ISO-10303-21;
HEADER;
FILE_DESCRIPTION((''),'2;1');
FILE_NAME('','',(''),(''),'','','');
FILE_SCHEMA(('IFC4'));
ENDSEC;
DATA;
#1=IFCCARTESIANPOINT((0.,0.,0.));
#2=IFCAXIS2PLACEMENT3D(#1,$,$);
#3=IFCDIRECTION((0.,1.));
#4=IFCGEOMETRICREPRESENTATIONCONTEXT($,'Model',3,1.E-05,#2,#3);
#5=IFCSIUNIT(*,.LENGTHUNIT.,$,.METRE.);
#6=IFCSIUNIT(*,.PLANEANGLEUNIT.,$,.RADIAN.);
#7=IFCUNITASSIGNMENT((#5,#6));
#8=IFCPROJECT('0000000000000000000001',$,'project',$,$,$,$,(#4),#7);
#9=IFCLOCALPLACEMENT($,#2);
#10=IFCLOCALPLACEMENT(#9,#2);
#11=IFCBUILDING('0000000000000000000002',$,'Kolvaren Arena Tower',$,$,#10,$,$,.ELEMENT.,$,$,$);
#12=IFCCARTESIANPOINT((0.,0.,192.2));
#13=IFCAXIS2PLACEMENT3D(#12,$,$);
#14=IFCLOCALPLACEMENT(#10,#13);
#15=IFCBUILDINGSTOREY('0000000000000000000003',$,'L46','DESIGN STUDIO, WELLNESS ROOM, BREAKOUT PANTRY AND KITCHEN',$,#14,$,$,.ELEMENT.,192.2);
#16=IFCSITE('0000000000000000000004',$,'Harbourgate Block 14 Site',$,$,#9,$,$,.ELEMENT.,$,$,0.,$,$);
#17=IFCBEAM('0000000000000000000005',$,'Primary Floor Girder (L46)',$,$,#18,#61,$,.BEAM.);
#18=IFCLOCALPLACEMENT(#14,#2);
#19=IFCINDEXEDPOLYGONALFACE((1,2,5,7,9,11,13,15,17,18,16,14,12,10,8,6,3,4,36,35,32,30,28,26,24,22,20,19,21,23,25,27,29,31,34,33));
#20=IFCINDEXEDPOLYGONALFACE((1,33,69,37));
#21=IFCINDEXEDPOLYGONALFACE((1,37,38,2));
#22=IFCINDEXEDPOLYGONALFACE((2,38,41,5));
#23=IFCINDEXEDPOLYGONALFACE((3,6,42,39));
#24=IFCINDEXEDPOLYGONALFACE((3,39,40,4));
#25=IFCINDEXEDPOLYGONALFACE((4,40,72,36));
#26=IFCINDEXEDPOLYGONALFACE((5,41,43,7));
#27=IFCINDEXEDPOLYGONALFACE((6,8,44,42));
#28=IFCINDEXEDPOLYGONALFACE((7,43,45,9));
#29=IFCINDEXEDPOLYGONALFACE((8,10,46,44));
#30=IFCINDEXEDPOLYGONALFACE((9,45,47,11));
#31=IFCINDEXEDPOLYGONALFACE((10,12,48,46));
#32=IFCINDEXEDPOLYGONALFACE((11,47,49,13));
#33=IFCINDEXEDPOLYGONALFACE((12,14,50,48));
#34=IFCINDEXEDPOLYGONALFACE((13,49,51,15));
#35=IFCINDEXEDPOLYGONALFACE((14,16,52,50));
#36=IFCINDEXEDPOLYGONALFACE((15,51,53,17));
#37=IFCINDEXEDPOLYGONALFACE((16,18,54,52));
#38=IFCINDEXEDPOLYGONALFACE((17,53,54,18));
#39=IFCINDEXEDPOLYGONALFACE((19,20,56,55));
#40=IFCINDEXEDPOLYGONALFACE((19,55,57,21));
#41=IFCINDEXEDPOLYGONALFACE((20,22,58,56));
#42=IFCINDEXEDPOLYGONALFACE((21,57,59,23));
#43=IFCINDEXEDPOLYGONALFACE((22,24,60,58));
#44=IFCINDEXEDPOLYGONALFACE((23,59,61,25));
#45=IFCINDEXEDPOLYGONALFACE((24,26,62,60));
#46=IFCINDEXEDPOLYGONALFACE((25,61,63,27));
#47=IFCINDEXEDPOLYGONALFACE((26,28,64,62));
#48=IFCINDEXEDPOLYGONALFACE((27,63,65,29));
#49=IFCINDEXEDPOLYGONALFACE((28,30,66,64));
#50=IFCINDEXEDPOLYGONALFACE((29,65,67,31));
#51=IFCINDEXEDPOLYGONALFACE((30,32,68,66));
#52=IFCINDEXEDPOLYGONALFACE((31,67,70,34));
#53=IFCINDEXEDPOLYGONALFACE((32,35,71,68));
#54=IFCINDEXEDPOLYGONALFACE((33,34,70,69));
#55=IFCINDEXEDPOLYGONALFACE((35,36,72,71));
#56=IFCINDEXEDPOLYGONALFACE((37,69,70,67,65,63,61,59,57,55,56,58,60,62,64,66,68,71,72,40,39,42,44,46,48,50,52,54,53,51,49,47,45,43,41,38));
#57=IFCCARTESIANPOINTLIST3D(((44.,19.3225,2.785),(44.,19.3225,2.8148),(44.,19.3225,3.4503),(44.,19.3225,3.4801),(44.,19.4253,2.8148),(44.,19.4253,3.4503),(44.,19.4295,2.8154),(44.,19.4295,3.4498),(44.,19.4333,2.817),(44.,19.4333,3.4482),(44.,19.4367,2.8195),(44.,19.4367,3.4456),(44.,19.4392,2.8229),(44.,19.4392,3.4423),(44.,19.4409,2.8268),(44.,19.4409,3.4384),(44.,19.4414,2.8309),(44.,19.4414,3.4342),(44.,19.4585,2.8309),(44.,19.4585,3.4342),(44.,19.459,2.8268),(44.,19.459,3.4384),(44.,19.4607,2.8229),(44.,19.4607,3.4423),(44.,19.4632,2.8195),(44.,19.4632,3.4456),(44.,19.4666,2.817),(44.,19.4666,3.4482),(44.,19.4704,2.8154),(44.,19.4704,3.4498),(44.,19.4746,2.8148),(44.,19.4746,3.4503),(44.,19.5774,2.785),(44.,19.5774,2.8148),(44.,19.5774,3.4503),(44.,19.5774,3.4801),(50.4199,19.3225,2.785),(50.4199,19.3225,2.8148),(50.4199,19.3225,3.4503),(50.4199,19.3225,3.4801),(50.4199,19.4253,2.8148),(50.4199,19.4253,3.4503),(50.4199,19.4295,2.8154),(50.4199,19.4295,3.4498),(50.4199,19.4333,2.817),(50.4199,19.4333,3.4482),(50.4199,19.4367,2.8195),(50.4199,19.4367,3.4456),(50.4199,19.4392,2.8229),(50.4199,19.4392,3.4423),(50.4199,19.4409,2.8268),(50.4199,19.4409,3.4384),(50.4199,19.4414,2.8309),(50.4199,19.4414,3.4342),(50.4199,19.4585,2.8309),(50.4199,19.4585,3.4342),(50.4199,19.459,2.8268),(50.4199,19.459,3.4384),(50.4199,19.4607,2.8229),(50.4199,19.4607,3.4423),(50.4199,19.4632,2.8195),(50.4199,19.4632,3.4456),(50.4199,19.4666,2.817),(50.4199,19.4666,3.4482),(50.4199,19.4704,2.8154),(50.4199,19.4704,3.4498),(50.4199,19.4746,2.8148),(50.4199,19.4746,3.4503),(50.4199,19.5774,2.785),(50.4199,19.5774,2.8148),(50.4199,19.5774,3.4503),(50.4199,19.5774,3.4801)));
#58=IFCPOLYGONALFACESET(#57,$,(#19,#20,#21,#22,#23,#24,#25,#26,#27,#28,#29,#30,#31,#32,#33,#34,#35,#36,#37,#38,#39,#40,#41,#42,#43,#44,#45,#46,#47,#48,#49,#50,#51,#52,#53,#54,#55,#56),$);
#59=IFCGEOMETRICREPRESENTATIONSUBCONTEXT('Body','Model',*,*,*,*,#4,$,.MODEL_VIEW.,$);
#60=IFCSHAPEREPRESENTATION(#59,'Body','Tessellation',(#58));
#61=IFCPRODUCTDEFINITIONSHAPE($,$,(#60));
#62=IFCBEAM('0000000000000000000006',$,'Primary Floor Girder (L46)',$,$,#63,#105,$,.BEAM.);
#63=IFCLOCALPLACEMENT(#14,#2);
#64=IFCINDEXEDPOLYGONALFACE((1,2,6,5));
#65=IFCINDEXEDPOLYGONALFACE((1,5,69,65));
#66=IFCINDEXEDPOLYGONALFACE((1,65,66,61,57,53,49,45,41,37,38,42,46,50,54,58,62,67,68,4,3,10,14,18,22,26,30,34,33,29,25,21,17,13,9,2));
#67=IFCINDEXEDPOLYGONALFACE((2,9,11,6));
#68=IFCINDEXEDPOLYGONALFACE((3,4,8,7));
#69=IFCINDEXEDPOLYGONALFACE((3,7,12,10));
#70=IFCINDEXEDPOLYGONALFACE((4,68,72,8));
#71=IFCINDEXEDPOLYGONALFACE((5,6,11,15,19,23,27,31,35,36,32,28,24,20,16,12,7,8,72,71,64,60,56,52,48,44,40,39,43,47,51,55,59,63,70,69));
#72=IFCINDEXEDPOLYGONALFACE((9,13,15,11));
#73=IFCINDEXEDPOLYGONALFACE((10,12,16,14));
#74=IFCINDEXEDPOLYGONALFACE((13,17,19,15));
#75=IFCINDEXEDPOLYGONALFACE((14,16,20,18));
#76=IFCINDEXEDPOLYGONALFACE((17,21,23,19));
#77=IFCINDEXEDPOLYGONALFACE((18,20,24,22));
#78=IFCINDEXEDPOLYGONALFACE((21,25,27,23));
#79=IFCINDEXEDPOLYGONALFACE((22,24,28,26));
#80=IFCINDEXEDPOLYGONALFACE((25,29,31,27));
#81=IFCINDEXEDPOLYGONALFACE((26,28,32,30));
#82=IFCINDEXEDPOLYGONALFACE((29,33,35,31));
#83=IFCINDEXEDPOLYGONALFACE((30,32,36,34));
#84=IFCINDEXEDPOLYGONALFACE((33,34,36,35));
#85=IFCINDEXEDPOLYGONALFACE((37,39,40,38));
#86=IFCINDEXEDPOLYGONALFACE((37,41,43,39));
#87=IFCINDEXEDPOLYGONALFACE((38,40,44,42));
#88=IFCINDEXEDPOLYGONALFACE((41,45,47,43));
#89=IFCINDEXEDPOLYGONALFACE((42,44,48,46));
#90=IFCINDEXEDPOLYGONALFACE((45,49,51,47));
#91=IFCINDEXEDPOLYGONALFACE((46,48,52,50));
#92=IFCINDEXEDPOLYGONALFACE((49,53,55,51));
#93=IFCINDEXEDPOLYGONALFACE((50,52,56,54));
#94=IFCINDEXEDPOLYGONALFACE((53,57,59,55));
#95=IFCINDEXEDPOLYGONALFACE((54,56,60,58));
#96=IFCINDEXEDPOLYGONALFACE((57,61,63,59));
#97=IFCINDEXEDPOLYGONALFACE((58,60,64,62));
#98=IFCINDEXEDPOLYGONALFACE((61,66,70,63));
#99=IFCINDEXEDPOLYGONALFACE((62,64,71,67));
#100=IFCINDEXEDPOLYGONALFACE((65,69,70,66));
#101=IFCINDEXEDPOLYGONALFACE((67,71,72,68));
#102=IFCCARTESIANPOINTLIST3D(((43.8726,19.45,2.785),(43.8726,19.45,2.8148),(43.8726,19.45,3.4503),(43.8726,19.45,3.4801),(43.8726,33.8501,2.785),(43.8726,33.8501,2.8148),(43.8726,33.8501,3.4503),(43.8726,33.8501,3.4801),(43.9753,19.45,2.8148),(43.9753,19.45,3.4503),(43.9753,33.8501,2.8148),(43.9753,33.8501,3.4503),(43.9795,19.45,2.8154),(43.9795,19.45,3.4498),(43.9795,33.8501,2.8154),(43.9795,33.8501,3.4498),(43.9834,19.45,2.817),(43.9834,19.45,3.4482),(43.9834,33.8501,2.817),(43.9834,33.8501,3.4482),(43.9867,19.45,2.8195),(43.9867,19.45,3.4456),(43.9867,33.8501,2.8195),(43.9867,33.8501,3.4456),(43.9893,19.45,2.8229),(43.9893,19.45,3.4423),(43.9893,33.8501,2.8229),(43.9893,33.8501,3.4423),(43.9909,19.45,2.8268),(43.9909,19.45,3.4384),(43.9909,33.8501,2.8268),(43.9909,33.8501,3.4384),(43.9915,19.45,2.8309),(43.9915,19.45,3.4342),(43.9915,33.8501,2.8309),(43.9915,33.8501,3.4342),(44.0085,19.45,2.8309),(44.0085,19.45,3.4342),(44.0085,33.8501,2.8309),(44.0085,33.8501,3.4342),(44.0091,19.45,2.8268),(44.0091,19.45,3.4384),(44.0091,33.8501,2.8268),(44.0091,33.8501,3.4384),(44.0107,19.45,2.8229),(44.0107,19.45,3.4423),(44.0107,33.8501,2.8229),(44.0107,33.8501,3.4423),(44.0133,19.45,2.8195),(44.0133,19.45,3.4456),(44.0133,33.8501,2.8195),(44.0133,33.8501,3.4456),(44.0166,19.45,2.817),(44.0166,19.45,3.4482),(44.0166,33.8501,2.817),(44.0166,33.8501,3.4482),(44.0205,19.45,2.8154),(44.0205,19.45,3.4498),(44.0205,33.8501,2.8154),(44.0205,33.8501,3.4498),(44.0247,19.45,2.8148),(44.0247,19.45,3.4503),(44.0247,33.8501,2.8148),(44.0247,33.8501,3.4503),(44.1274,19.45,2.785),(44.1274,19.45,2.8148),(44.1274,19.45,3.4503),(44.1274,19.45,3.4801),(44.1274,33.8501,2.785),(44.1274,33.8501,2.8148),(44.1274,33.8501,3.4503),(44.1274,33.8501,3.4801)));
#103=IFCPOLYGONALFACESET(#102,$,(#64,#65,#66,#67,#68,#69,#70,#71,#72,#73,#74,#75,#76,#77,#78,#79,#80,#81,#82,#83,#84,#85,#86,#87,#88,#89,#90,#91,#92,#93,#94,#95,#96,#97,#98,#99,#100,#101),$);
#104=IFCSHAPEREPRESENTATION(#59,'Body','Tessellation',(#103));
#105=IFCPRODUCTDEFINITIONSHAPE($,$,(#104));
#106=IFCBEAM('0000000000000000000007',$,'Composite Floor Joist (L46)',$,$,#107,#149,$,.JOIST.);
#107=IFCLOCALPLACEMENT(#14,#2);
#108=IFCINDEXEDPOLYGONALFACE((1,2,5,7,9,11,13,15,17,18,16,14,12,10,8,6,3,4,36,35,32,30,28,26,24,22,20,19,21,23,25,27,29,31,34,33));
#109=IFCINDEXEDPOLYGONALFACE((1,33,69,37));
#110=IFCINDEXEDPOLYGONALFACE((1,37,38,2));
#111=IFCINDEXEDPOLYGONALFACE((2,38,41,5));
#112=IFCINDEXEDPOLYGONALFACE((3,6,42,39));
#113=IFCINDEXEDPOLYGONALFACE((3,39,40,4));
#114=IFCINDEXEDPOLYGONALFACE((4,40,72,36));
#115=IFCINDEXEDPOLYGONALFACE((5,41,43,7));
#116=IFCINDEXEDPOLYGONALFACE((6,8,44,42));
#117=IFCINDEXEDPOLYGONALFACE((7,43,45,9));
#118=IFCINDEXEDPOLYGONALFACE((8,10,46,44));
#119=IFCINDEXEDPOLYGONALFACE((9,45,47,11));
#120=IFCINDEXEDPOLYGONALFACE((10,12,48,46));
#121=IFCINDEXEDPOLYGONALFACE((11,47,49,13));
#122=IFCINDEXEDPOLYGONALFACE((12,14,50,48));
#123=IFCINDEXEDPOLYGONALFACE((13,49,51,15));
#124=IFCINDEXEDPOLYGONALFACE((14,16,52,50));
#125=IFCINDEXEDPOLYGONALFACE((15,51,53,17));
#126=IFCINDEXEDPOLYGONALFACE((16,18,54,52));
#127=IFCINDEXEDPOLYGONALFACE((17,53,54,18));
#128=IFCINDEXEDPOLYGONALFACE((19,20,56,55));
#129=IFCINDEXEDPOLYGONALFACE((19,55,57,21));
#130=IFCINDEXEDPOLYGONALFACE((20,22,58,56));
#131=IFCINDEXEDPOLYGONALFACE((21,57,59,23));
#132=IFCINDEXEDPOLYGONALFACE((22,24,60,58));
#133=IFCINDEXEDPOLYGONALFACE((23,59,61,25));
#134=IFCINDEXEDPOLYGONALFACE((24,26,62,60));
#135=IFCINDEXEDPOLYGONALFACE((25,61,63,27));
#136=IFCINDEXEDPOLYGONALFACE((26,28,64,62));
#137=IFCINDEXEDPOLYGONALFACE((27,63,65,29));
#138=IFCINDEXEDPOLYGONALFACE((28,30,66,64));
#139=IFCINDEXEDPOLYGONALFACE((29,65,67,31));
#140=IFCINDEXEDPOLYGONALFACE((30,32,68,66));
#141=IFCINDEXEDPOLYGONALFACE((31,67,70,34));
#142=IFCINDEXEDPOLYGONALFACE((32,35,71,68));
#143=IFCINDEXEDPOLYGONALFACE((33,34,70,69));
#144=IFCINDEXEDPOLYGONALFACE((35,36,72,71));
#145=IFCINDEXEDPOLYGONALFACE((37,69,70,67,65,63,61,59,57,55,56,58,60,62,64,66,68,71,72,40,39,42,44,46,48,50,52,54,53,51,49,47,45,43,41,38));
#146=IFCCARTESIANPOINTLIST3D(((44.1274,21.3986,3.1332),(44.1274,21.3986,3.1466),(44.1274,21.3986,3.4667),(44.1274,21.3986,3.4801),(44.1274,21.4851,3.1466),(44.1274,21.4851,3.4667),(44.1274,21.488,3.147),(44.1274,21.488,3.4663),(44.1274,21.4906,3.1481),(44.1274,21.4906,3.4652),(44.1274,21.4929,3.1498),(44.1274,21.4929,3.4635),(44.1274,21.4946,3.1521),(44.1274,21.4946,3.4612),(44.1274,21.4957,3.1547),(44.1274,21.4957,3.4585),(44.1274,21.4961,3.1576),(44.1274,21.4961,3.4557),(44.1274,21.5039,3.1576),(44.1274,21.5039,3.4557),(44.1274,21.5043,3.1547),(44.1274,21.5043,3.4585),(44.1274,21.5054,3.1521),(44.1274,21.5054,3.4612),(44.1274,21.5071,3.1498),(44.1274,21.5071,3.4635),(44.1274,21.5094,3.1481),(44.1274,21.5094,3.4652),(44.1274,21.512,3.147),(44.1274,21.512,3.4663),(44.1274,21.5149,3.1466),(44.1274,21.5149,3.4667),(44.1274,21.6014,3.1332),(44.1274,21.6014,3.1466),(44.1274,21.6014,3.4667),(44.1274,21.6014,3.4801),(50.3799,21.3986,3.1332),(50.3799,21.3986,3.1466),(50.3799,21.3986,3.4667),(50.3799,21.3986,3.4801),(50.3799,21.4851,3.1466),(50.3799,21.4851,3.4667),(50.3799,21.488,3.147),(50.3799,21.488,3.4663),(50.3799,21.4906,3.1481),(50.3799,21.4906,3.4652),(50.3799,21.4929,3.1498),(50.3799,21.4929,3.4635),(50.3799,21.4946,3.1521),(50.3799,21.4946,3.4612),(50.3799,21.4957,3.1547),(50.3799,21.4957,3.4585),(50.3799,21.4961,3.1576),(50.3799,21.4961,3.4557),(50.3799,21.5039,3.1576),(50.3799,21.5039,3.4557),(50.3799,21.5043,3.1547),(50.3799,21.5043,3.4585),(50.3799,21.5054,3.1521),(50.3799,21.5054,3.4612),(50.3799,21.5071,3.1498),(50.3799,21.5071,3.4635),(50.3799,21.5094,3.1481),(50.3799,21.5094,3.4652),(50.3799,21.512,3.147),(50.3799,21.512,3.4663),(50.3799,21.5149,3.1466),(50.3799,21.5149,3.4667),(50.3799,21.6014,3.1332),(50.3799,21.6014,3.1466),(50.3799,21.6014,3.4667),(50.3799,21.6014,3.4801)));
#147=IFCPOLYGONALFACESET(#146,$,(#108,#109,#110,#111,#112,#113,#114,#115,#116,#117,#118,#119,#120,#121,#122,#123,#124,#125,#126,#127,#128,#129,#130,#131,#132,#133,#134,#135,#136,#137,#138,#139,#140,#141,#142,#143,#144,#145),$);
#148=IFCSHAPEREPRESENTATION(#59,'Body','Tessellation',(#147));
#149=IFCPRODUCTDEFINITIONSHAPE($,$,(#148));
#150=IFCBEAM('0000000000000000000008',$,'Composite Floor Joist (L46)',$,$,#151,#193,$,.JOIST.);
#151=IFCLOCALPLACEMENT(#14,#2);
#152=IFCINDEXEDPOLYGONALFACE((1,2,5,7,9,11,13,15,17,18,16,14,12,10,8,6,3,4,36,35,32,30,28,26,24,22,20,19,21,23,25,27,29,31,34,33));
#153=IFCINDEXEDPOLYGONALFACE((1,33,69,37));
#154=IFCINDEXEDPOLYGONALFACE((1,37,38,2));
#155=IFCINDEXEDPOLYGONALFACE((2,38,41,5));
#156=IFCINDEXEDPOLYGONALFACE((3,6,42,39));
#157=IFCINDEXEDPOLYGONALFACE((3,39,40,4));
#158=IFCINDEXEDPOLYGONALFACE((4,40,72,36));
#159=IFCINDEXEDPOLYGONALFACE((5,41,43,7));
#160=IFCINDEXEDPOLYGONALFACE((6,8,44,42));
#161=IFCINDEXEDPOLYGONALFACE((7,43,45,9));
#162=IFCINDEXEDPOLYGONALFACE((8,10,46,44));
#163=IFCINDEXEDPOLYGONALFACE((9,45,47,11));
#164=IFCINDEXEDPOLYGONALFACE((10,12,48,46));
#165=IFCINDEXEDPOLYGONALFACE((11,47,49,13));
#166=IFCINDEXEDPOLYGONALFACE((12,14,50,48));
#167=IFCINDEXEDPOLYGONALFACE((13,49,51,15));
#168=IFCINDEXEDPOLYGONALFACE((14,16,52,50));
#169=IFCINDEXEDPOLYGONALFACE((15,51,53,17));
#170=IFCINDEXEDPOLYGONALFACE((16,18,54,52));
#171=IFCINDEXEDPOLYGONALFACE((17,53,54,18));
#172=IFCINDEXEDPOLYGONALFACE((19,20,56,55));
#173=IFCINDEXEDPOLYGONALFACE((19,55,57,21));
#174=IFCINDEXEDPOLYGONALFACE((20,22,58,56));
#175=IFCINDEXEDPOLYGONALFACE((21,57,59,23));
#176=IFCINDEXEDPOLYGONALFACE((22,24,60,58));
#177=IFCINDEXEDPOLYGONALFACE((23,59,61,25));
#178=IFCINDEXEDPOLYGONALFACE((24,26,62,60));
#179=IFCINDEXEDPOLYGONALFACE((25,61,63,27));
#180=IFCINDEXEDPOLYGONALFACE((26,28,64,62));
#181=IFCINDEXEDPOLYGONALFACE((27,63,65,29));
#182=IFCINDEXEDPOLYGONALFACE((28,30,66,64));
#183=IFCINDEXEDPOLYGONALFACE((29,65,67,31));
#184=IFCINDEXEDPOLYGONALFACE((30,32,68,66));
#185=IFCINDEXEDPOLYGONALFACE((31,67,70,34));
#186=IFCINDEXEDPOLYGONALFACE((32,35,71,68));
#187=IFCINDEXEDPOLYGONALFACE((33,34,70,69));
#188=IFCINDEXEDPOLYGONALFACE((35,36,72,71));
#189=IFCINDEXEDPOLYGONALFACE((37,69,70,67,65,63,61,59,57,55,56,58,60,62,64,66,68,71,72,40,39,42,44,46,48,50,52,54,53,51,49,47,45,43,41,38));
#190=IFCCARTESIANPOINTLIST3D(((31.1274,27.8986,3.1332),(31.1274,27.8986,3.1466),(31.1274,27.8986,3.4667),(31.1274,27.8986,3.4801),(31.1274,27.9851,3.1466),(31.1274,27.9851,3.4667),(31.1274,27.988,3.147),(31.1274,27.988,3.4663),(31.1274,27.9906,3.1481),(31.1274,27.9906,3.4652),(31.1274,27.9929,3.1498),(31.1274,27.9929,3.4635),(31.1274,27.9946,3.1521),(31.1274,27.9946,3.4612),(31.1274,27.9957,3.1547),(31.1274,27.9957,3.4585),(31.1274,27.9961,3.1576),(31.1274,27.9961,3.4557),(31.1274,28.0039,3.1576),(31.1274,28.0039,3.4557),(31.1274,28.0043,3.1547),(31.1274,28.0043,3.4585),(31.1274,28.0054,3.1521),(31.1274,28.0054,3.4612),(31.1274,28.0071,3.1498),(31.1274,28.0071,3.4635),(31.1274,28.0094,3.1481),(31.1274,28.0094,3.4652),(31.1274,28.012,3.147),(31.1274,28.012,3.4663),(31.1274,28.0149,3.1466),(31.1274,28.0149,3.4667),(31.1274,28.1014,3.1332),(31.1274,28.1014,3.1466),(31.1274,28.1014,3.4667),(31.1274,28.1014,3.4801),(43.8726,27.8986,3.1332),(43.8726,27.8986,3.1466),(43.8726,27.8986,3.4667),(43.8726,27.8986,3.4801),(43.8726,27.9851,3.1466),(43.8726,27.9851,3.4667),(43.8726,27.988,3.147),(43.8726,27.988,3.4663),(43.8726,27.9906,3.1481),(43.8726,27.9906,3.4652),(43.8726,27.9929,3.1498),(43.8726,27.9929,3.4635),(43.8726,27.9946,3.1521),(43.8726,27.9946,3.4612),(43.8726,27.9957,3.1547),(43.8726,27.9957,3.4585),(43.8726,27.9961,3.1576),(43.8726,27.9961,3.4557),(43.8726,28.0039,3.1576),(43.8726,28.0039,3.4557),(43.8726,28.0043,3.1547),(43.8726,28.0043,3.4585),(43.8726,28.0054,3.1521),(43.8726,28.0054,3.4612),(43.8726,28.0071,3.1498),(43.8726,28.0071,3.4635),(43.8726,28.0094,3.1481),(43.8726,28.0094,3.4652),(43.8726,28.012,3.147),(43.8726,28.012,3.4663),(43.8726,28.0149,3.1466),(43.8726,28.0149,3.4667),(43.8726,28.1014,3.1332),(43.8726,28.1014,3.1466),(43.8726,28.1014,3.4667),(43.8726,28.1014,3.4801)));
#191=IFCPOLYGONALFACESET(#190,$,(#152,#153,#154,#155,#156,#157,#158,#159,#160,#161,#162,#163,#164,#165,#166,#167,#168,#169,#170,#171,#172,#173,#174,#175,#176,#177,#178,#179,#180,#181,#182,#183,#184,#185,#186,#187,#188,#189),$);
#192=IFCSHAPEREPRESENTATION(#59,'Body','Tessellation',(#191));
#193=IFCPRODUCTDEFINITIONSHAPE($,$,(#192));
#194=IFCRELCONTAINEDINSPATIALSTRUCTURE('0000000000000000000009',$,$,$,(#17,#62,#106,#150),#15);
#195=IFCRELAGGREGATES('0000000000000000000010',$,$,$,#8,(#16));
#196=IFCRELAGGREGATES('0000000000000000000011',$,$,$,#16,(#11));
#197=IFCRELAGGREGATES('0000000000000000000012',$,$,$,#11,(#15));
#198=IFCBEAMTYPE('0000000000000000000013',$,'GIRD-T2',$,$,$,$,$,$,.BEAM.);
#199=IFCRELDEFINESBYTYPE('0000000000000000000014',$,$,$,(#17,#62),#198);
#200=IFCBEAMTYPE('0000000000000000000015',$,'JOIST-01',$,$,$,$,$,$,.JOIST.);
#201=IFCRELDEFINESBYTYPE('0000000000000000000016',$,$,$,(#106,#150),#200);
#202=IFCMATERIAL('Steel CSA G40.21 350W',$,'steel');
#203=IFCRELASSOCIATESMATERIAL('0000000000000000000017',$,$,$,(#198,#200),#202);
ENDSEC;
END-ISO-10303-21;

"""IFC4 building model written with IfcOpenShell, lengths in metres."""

from ifc_helpers import new_model, si_unit, direction, frame, origin, origin_2d, place, context, subcontext, project, spatial, i_section, extrude, material, material_profile, profile_set, type_object, element, save


model = new_model("IFC4")

# Units and contexts
model_context = context("Model", 3, precision=1e-05, world=origin(), true_north=direction((0.0, 1.0)))
body_context = subcontext(model_context, "Body", "Model", "MODEL_VIEW")
ifc_project = project(units=[si_unit("LENGTHUNIT", "METRE"), si_unit("PLANEANGLEUNIT", "RADIAN")], contexts=[model_context])

# Site, building, storey
site_placement = place(None, origin())
site = spatial("IfcSite", under=ifc_project, at=site_placement, Name="Harbourgate Block 14 Site", CompositionType="ELEMENT", RefElevation=0.0)
building_placement = place(site_placement, origin())
building = spatial("IfcBuilding", under=site, at=building_placement, Name="Kolvaren Arena Tower", CompositionType="ELEMENT")
storey_placement = place(building_placement, frame((0.0, 0.0, 192.2)))
storey = spatial("IfcBuildingStorey", under=building, at=storey_placement, Name="L46", Description="DESIGN STUDIO, WELLNESS ROOM, BREAKOUT PANTRY AND KITCHEN", CompositionType="ELEMENT", Elevation=192.2)

# Beams
ifc_material_1 = material(Name="Steel CSA G40.21 350W", Category="steel")
ifc_material_profile_1 = material_profile(ifc_material_1, i_section(OverallWidth=0.2549, OverallDepth=0.6951, WebThickness=0.0171, FlangeThickness=0.0298, FilletRadius=0.0161, at=origin_2d()), Name="W690x217")
ifc_profile_set_1 = profile_set([ifc_material_profile_1], Name="Steel CSA G40.21 350W")
beam_type_1 = type_object("IfcBeamType", Name="GIRD-T2", PredefinedType="BEAM", material=ifc_profile_set_1)
beam_1_placement = place(storey_placement, frame((44.0, 19.45, 3.1326), z_axis=(1.0, 0.0, 0.0), x_axis=(0.0, 1.0, 0.0)))
element("IfcBeam", 1, at=beam_1_placement, inside=storey, type_object=beam_type_1, Name="Primary Floor Girder (L46)", PredefinedType="BEAM", context=body_context, shape_type="SweptSolid", body=[
    extrude(i_section(OverallWidth=0.2549, OverallDepth=0.6951, WebThickness=0.0171, FlangeThickness=0.0298, FilletRadius=0.0161, at=origin_2d()), origin(), (0.0, 0.0, 1.0), 6.4199),
])
beam_2_placement = place(storey_placement, frame((44.0, 19.45, 3.1326), z_axis=(0.0, 1.0, 0.0), x_axis=(-1.0, 0.0, 0.0)))
element("IfcBeam", 2, at=beam_2_placement, inside=storey, type_object=beam_type_1, Name="Primary Floor Girder (L46)", PredefinedType="BEAM", context=body_context, shape_type="SweptSolid", body=[
    extrude(i_section(OverallWidth=0.2549, OverallDepth=0.6951, WebThickness=0.0171, FlangeThickness=0.0298, FilletRadius=0.0161, at=origin_2d()), origin(), (0.0, 0.0, 1.0), 14.4001),
])
ifc_material_profile_2 = material_profile(ifc_material_1, i_section(OverallWidth=0.2029, OverallDepth=0.3469, WebThickness=0.0078, FlangeThickness=0.0134, FilletRadius=0.011, at=origin_2d()), Name="W360x64")
ifc_profile_set_2 = profile_set([ifc_material_profile_2], Name="Steel CSA G40.21 350W")
beam_type_2 = type_object("IfcBeamType", Name="JOIST-01", PredefinedType="JOIST", material=ifc_profile_set_2)
beam_3_placement = place(storey_placement, frame((44.1274, 21.5, 3.3066), z_axis=(1.0, 0.0, 0.0), x_axis=(0.0, 1.0, 0.0)))
element("IfcBeam", 3, at=beam_3_placement, inside=storey, type_object=beam_type_2, Name="Composite Floor Joist (L46)", PredefinedType="JOIST", context=body_context, shape_type="SweptSolid", body=[
    extrude(i_section(OverallWidth=0.2029, OverallDepth=0.3469, WebThickness=0.0078, FlangeThickness=0.0134, FilletRadius=0.011, at=origin_2d()), origin(), (0.0, 0.0, 1.0), 6.2524),
])
beam_4_placement = place(storey_placement, frame((31.1274, 28.0, 3.3066), z_axis=(1.0, 0.0, 0.0), x_axis=(0.0, 1.0, 0.0)))
element("IfcBeam", 4, at=beam_4_placement, inside=storey, type_object=beam_type_2, Name="Composite Floor Joist (L46)", PredefinedType="JOIST", context=body_context, shape_type="SweptSolid", body=[
    extrude(i_section(OverallWidth=0.2029, OverallDepth=0.3469, WebThickness=0.0078, FlangeThickness=0.0134, FilletRadius=0.011, at=origin_2d()), origin(), (0.0, 0.0, 1.0), 12.7451),
])

save(model, "model.ifc")
